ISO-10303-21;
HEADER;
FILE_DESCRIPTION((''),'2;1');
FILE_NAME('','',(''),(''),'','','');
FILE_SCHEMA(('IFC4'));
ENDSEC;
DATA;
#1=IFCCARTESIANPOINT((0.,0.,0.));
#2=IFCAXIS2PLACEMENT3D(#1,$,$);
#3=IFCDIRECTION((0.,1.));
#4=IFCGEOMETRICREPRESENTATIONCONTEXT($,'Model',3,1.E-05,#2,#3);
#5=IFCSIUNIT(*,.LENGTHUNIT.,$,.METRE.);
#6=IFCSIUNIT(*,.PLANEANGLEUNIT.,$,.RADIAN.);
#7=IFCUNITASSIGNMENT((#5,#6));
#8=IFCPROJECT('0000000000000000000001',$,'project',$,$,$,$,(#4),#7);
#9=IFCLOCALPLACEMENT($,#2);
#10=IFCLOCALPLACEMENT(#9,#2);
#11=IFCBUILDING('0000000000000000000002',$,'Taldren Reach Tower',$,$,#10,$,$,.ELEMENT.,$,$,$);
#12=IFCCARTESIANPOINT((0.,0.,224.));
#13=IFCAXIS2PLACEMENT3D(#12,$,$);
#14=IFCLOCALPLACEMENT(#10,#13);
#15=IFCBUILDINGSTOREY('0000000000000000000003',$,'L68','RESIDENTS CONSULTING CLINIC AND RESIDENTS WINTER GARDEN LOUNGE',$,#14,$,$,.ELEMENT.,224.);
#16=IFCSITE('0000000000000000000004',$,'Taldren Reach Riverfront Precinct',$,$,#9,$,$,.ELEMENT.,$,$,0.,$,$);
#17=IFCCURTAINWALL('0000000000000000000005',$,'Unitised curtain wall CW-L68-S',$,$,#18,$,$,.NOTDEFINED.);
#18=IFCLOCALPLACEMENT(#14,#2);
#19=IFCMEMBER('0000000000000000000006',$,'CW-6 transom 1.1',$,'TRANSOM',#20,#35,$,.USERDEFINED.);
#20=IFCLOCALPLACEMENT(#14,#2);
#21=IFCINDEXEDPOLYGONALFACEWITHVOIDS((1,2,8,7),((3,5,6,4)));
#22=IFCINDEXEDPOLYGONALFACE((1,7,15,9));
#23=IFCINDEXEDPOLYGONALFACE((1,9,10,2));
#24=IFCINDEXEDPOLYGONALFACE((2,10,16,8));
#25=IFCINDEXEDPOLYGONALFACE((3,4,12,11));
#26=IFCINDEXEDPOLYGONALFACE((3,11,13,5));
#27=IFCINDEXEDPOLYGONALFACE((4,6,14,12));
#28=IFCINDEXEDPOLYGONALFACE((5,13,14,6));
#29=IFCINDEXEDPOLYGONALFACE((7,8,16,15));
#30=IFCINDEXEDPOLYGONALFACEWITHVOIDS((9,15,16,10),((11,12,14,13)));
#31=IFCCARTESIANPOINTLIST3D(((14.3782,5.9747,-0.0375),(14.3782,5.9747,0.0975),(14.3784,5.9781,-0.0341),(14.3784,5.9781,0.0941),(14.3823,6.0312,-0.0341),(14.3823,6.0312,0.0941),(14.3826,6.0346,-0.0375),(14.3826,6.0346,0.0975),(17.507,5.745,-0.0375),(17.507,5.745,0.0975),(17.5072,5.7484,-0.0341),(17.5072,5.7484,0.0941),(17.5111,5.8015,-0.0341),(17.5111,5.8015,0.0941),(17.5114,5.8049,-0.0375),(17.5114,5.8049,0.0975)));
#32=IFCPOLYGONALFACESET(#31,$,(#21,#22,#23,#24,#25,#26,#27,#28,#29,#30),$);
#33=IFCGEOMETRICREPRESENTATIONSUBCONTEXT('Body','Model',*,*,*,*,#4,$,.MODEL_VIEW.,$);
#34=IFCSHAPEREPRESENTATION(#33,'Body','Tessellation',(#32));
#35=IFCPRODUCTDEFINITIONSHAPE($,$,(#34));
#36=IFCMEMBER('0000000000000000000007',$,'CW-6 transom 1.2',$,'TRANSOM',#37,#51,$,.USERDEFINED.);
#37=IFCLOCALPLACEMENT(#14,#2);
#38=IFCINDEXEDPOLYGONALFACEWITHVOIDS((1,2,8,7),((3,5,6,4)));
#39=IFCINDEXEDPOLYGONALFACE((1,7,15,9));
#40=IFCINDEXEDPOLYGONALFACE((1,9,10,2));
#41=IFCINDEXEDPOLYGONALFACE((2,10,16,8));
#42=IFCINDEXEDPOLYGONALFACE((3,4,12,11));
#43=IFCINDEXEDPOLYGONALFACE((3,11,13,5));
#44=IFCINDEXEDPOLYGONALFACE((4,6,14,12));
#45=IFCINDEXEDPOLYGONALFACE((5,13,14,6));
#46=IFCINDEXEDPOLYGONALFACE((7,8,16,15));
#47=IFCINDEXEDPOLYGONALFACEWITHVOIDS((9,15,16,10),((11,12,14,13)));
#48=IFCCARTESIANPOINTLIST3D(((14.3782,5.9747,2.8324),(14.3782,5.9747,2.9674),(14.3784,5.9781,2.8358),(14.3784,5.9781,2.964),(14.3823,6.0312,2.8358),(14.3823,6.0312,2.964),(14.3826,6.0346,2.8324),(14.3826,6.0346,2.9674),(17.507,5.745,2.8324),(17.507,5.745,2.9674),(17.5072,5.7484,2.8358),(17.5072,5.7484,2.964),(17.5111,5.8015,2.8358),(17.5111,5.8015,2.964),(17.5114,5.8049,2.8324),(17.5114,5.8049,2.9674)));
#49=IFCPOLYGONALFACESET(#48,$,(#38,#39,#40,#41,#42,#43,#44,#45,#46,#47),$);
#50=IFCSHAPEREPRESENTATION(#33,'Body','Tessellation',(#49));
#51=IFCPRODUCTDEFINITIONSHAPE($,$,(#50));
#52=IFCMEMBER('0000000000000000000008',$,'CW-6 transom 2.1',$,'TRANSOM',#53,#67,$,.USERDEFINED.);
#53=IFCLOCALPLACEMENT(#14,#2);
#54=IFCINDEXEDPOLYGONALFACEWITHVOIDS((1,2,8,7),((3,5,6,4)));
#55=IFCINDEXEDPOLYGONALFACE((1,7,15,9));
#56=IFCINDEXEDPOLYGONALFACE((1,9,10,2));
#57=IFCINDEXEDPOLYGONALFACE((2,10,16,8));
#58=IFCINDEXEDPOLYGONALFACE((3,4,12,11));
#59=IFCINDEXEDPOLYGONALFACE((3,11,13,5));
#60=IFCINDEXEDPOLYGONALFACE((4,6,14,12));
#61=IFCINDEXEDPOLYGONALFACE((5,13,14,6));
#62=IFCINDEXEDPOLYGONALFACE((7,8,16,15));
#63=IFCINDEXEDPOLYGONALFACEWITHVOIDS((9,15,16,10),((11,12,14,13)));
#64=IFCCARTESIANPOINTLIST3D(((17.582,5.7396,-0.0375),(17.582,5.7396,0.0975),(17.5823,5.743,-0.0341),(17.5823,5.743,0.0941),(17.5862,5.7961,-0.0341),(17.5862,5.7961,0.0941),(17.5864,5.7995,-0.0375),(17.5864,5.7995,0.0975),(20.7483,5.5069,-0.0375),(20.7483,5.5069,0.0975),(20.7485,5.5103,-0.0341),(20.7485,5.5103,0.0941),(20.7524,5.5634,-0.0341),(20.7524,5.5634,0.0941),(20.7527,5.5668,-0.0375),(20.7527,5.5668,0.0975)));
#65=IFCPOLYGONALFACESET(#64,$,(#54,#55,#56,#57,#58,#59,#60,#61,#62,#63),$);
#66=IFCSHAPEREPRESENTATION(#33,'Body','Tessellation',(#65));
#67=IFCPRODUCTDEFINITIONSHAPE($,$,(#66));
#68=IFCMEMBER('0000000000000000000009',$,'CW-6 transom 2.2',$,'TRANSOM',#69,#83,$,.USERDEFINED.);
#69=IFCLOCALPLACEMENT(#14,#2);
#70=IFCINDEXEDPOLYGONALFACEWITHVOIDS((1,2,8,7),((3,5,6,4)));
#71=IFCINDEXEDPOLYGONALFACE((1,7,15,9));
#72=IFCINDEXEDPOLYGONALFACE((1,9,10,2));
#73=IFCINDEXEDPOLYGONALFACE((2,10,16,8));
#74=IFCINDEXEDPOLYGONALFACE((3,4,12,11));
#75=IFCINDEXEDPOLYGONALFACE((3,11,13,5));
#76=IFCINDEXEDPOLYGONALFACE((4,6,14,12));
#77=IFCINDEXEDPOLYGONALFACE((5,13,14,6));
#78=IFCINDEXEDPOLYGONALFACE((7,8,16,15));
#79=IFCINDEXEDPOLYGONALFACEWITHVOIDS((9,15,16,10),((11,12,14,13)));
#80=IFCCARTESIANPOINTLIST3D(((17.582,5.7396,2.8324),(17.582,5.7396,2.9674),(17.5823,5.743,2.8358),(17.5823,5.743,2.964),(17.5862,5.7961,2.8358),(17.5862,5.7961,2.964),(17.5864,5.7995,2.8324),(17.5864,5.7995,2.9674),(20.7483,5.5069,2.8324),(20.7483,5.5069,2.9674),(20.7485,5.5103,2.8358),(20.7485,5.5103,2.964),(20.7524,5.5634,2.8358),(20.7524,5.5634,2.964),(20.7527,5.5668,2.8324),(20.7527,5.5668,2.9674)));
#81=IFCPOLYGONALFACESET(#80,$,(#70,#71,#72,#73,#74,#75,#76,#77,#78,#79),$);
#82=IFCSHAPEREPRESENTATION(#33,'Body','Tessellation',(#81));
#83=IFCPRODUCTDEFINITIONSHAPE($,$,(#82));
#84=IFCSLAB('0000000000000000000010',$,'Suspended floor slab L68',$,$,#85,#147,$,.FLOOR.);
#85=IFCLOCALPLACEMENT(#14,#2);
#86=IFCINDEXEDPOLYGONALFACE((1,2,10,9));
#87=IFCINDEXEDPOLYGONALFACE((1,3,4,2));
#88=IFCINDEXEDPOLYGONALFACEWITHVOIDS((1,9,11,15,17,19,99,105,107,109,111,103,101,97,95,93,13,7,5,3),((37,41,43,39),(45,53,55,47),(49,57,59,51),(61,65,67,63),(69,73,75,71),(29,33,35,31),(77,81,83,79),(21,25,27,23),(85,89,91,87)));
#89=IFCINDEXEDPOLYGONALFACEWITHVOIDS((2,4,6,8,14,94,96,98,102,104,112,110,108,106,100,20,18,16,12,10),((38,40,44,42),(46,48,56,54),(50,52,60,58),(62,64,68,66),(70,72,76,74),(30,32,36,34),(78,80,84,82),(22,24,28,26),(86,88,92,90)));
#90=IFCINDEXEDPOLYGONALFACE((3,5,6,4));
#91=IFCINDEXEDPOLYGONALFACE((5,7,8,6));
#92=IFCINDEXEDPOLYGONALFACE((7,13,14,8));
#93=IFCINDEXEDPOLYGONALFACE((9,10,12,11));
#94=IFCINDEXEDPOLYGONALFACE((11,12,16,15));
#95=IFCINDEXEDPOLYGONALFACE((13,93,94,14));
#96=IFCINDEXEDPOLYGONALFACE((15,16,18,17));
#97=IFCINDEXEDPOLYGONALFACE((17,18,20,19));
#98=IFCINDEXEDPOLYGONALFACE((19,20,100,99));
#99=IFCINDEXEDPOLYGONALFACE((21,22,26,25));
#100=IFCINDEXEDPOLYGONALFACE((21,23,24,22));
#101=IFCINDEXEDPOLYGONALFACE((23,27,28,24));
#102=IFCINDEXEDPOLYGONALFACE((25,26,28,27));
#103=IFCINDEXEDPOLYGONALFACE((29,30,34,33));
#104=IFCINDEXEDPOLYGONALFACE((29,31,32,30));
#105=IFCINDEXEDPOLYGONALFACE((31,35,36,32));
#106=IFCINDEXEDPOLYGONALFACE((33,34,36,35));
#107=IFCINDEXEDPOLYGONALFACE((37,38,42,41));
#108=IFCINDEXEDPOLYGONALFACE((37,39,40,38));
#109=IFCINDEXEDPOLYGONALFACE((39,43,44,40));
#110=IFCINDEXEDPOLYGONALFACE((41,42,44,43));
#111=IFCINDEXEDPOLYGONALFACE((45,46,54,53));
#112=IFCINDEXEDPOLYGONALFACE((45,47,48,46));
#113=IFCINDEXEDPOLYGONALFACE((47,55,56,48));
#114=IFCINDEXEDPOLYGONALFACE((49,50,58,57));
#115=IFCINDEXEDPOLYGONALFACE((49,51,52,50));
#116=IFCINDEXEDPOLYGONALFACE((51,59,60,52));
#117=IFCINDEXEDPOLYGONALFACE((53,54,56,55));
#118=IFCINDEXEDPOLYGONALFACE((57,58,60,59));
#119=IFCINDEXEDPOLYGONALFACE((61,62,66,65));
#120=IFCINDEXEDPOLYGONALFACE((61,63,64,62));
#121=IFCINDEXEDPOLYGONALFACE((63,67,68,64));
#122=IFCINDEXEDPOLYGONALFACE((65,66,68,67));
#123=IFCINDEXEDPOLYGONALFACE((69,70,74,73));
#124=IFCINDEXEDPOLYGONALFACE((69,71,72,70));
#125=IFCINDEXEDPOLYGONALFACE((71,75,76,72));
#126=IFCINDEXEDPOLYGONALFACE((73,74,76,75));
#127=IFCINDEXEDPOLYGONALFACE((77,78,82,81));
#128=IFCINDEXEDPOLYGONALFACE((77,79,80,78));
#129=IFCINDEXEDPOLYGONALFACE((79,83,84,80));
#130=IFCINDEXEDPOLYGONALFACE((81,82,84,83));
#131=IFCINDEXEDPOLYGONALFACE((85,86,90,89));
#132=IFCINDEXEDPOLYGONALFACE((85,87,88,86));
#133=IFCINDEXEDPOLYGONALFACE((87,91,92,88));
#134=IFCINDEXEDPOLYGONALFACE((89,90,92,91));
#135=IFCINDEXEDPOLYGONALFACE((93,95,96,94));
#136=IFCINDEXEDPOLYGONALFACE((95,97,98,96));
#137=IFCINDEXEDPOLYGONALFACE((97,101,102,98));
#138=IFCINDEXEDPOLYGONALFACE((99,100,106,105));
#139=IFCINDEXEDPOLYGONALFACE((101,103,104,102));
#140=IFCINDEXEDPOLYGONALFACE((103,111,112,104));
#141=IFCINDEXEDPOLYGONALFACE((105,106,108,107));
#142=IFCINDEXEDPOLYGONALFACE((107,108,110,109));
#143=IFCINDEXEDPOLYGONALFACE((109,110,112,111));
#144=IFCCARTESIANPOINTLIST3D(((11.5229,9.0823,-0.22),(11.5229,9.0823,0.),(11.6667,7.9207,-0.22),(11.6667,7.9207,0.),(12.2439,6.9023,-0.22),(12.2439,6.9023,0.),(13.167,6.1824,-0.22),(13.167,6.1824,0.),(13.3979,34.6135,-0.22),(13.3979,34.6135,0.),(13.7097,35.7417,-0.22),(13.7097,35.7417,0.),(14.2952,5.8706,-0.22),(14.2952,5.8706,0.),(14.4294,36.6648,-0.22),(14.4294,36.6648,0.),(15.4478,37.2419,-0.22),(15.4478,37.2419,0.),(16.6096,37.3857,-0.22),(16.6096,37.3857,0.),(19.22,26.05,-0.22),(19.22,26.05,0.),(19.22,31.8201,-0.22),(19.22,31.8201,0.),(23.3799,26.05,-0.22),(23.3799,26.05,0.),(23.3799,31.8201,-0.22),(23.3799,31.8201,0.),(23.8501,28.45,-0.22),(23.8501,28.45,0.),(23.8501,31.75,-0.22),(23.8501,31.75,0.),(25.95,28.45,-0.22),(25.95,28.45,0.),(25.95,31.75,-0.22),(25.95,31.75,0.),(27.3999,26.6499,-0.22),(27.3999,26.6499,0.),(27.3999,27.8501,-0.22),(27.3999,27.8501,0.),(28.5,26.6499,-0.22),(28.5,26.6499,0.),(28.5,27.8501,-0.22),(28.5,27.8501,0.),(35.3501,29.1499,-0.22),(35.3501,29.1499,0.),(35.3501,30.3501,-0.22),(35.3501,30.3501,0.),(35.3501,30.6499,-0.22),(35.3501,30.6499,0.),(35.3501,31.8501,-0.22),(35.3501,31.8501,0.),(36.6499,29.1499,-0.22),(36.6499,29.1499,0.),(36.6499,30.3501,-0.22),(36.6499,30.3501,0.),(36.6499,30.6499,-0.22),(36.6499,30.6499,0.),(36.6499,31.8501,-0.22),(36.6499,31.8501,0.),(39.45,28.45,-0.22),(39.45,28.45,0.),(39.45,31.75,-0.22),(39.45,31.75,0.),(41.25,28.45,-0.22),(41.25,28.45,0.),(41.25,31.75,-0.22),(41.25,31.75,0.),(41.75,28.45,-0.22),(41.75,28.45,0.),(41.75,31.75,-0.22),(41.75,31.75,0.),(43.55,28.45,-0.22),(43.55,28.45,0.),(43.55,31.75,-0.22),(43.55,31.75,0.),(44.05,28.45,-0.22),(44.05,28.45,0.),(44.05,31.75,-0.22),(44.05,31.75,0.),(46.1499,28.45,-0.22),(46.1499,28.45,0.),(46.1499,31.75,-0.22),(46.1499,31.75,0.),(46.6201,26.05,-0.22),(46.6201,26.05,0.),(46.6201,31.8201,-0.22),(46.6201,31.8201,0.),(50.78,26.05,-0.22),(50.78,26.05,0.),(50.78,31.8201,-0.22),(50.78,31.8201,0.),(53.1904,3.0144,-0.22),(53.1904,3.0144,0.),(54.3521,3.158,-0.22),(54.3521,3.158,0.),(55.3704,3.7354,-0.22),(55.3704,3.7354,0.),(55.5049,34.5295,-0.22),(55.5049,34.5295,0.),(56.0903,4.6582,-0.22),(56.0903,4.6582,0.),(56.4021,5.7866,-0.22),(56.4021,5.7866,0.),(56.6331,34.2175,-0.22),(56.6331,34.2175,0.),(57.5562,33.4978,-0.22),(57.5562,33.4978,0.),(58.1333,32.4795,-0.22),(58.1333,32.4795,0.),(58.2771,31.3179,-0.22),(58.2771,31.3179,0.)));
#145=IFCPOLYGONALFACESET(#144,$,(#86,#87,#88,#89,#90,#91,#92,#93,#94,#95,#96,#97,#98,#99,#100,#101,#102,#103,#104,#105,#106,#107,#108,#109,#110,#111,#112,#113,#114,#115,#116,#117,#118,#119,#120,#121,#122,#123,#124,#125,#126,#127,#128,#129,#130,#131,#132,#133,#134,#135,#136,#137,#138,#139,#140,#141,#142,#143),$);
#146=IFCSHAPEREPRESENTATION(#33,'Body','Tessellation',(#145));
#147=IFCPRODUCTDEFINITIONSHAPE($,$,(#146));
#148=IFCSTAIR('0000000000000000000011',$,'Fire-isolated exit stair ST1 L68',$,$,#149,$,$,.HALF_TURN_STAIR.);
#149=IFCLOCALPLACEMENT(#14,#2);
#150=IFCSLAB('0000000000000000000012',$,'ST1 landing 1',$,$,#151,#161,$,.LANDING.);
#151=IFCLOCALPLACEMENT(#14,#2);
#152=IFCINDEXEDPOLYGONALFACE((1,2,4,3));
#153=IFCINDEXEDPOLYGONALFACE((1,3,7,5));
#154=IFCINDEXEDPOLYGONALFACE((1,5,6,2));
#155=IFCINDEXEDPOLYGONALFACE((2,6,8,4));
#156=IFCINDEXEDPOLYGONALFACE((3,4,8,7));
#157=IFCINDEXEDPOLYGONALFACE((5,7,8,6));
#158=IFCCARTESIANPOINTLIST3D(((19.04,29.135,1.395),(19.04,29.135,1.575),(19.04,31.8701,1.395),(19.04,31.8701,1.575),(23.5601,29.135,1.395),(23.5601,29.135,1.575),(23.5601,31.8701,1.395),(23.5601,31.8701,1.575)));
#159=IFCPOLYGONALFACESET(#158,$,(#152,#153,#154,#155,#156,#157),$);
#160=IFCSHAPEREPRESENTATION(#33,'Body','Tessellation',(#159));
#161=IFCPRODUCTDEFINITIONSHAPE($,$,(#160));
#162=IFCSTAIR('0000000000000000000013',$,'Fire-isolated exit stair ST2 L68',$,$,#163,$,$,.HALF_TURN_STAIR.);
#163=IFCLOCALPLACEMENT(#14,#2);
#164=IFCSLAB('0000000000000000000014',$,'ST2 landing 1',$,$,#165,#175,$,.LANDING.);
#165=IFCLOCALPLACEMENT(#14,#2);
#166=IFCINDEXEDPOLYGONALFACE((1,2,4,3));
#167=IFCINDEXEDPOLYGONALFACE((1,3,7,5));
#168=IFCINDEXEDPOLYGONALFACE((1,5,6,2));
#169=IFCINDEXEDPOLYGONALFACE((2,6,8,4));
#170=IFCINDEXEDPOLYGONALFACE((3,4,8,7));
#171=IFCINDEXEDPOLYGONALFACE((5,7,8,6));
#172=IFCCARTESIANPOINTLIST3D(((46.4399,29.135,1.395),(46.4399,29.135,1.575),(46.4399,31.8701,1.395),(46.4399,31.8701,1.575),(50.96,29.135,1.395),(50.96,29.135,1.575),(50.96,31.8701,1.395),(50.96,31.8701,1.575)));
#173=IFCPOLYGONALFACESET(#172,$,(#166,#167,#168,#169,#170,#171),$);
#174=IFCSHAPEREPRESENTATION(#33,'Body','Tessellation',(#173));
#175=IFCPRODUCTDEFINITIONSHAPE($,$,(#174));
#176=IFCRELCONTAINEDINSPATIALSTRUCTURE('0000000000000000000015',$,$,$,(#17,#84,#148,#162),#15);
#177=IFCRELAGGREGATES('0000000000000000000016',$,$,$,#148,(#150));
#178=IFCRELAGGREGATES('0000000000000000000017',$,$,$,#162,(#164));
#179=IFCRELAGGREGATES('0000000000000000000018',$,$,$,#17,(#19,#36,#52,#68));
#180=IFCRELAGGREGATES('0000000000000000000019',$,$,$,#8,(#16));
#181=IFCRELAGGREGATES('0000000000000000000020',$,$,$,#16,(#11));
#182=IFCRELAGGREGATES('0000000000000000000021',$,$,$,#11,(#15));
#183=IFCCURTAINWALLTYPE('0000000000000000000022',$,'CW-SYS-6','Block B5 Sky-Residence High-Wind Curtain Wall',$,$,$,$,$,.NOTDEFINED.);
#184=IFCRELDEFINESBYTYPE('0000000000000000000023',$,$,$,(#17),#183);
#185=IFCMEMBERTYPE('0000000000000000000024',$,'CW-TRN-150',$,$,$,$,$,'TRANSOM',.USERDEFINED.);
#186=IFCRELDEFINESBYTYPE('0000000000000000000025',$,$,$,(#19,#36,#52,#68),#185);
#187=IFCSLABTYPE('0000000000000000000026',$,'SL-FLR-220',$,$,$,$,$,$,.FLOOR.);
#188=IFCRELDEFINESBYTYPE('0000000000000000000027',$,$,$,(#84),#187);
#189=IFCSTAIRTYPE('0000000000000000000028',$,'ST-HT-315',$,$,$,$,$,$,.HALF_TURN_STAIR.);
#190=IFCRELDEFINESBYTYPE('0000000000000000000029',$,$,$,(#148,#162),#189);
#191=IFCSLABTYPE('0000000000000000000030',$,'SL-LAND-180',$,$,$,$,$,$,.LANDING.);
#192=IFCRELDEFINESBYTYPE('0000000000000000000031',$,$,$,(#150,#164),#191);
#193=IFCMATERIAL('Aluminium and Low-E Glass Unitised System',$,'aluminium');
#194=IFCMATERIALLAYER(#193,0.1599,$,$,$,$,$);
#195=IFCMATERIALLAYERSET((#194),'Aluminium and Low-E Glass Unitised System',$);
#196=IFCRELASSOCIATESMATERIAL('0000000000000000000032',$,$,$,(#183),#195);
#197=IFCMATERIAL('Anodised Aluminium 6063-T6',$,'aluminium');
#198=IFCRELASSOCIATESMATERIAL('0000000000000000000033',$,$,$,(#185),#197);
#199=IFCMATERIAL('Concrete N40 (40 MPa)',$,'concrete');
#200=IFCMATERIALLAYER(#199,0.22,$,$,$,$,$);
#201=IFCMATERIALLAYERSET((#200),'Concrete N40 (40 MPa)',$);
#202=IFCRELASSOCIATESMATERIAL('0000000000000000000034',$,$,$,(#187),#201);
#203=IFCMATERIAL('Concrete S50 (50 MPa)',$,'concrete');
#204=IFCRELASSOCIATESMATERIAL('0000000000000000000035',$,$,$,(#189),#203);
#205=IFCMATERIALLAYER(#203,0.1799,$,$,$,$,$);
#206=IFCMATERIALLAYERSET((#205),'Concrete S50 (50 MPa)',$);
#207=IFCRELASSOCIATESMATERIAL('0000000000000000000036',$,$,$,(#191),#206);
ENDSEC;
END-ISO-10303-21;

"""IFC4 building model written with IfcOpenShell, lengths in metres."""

from ifc_helpers import new_model, si_unit, direction, frame, origin, origin_2d, place, context, subcontext, project, spatial, polyline, hollow_rectangle, outline, extrude, source, transform, mapped, material, layer, layer_set, material_profile, profile_set, type_object, element, aggregate, save


model = new_model("IFC4")

# Units and contexts
model_context = context("Model", 3, precision=1e-05, world=origin(), true_north=direction((0.0, 1.0)))
body_context = subcontext(model_context, "Body", "Model", "MODEL_VIEW")
ifc_project = project(units=[si_unit("LENGTHUNIT", "METRE"), si_unit("PLANEANGLEUNIT", "RADIAN")], contexts=[model_context])

# Site, building, storey
site_placement = place(None, origin())
site = spatial("IfcSite", under=ifc_project, at=site_placement, Name="Taldren Reach Riverfront Precinct", CompositionType="ELEMENT", RefElevation=0.0)
building_placement = place(site_placement, origin())
building = spatial("IfcBuilding", under=site, at=building_placement, Name="Taldren Reach Tower", CompositionType="ELEMENT")
storey_placement = place(building_placement, frame((0.0, 0.0, 224.0)))
storey = spatial("IfcBuildingStorey", under=building, at=storey_placement, Name="L68", Description="RESIDENTS CONSULTING CLINIC AND RESIDENTS WINTER GARDEN LOUNGE", CompositionType="ELEMENT", Elevation=224.0)

# Curtain wall
ifc_material_1 = material(Name="Aluminium and Low-E Glass Unitised System", Category="aluminium")
ifc_layer_1 = layer(ifc_material_1, 0.1599)
ifc_layer_set_1 = layer_set([ifc_layer_1], Name="Aluminium and Low-E Glass Unitised System")
curtain_wall_type = type_object("IfcCurtainWallType", Name="CW-SYS-6", Description="Block B5 Sky-Residence High-Wind Curtain Wall", PredefinedType="NOTDEFINED", material=ifc_layer_set_1)
curtain_wall_1_placement = place(storey_placement, origin())
curtain_wall_1 = element("IfcCurtainWall", 1, at=curtain_wall_1_placement, inside=storey, type_object=curtain_wall_type, Name="Unitised curtain wall CW-L68-S", PredefinedType="NOTDEFINED")
ifc_material_2 = material(Name="Anodised Aluminium 6063-T6", Category="aluminium")

# Members
ifc_material_profile_1 = material_profile(ifc_material_2, hollow_rectangle(XDim=0.0601, YDim=0.135, WallThickness=0.0034, at=origin_2d()), Name="ALU-135x60x3.5RHS")
ifc_profile_set_1 = profile_set([ifc_material_profile_1], Name="Anodised Aluminium 6063-T6")
member_type_1 = type_object("IfcMemberType", Name="CW-TRN-150", ElementType="TRANSOM", PredefinedType="USERDEFINED", material=ifc_profile_set_1)
shared_shape_1 = source(origin(), body_context, "Body", "SweptSolid", [
    extrude(hollow_rectangle(XDim=0.0601, YDim=0.135, WallThickness=0.0034, at=origin_2d()), origin(), (0.0, 0.0, 1.0), 3.1372),
])
member_1_placement = place(storey_placement, frame((14.3804, 6.0046, 0.03), z_axis=(0.997315, -0.073227, 0.0), x_axis=(0.073227, 0.997315, 0.0)))
member_1 = element("IfcMember", 2, at=member_1_placement, type_object=member_type_1, Name="CW-6 transom 1.1", ObjectType="TRANSOM", PredefinedType="USERDEFINED", context=body_context, shape_type="MappedRepresentation", body=[
    mapped(shared_shape_1, transform((0.0, 0.0, 0.0), scale=1.0)),
])
member_2_placement = place(storey_placement, frame((14.3804, 6.0046, 2.8999), z_axis=(0.997315, -0.073227, 0.0), x_axis=(0.073227, 0.997315, 0.0)))
member_2 = element("IfcMember", 3, at=member_2_placement, type_object=member_type_1, Name="CW-6 transom 1.2", ObjectType="TRANSOM", PredefinedType="USERDEFINED", context=body_context, shape_type="MappedRepresentation", body=[
    mapped(shared_shape_1, transform((0.0, 0.0, 0.0), scale=1.0)),
])
shared_shape_2 = source(origin(), body_context, "Body", "SweptSolid", [
    extrude(hollow_rectangle(XDim=0.0601, YDim=0.135, WallThickness=0.0034, at=origin_2d()), origin(), (0.0, 0.0, 1.0), 3.1748),
])
member_3_placement = place(storey_placement, frame((17.5842, 5.7695, 0.03), z_axis=(0.997311, -0.073285, 0.0), x_axis=(0.073285, 0.997311, 0.0)))
member_3 = element("IfcMember", 4, at=member_3_placement, type_object=member_type_1, Name="CW-6 transom 2.1", ObjectType="TRANSOM", PredefinedType="USERDEFINED", context=body_context, shape_type="MappedRepresentation", body=[
    mapped(shared_shape_2, transform((0.0, 0.0, 0.0), scale=1.0)),
])
member_4_placement = place(storey_placement, frame((17.5842, 5.7695, 2.8999), z_axis=(0.997311, -0.073285, 0.0), x_axis=(0.073285, 0.997311, 0.0)))
member_4 = element("IfcMember", 5, at=member_4_placement, type_object=member_type_1, Name="CW-6 transom 2.2", ObjectType="TRANSOM", PredefinedType="USERDEFINED", context=body_context, shape_type="MappedRepresentation", body=[
    mapped(shared_shape_2, transform((0.0, 0.0, 0.0), scale=1.0)),
])

# Slab
ifc_material_3 = material(Name="Concrete N40 (40 MPa)", Category="concrete")
ifc_layer_2 = layer(ifc_material_3, 0.22)
ifc_layer_set_2 = layer_set([ifc_layer_2], Name="Concrete N40 (40 MPa)")
slab_type_1 = type_object("IfcSlabType", Name="SL-FLR-220", PredefinedType="FLOOR", material=ifc_layer_set_2)
slab_1_placement = place(storey_placement, frame((0.0, 0.0, -0.22)))
element("IfcSlab", 6, at=slab_1_placement, inside=storey, type_object=slab_type_1, Name="Suspended floor slab L68", PredefinedType="FLOOR", context=body_context, shape_type="SweptSolid", body=[
    extrude(outline(polyline([(53.1904, 3.0144), (54.3521, 3.158), (55.3704, 3.7354), (56.0903, 4.6582), (56.4021, 5.7866), (58.2771, 31.3179), (58.1333, 32.4795), (57.5562, 33.4978), (56.6331, 34.2175), (55.5049, 34.5295), (16.6096, 37.3857), (15.4478, 37.2419), (14.4294, 36.6648), (13.7097, 35.7417), (13.3979, 34.6135), (11.5229, 9.0823), (11.6667, 7.9207), (12.2439, 6.9023), (13.167, 6.1824), (14.2952, 5.8706), (53.1904, 3.0144)]), holes=[polyline([(19.22, 26.05), (23.3799, 26.05), (23.3799, 31.8201), (19.22, 31.8201), (19.22, 26.05)]), polyline([(46.6201, 26.05), (50.78, 26.05), (50.78, 31.8201), (46.6201, 31.8201), (46.6201, 26.05)]), polyline([(23.8501, 28.45), (25.95, 28.45), (25.95, 31.75), (23.8501, 31.75), (23.8501, 28.45)]), polyline([(44.05, 28.45), (46.1499, 28.45), (46.1499, 31.75), (44.05, 31.75), (44.05, 28.45)]), polyline([(39.45, 28.45), (41.25, 28.45), (41.25, 31.75), (39.45, 31.75), (39.45, 28.45)]), polyline([(41.75, 28.45), (43.55, 28.45), (43.55, 31.75), (41.75, 31.75), (41.75, 28.45)]), polyline([(35.3501, 30.6499), (36.6499, 30.6499), (36.6499, 31.8501), (35.3501, 31.8501), (35.3501, 30.6499)]), polyline([(35.3501, 29.1499), (36.6499, 29.1499), (36.6499, 30.3501), (35.3501, 30.3501), (35.3501, 29.1499)]), polyline([(27.3999, 26.6499), (28.5, 26.6499), (28.5, 27.8501), (27.3999, 27.8501), (27.3999, 26.6499)])]), origin(), (0.0, 0.0, 1.0), 0.22),
])

# Stairs, slabs
ifc_material_4 = material(Name="Concrete S50 (50 MPa)", Category="concrete")
stair_type = type_object("IfcStairType", Name="ST-HT-315", PredefinedType="HALF_TURN_STAIR", material=ifc_material_4)
stair_1_placement = place(storey_placement, origin())
stair_1 = element("IfcStair", 7, at=stair_1_placement, inside=storey, type_object=stair_type, Name="Fire-isolated exit stair ST1 L68", PredefinedType="HALF_TURN_STAIR")
ifc_layer_3 = layer(ifc_material_4, 0.1799)
ifc_layer_set_3 = layer_set([ifc_layer_3], Name="Concrete S50 (50 MPa)")
slab_type_2 = type_object("IfcSlabType", Name="SL-LAND-180", PredefinedType="LANDING", material=ifc_layer_set_3)
slab_2_placement = place(storey_placement, frame((0.0, 0.0, 1.395)))
slab_2 = element("IfcSlab", 8, at=slab_2_placement, type_object=slab_type_2, Name="ST1 landing 1", PredefinedType="LANDING", context=body_context, shape_type="SweptSolid", body=[
    extrude(outline(polyline([(19.04, 29.135), (23.5601, 29.135), (23.5601, 31.8701), (19.04, 31.8701), (19.04, 29.135)])), origin(), (0.0, 0.0, 1.0), 0.1799),
])
aggregate(stair_1, [slab_2])
stair_2_placement = place(storey_placement, origin())
stair_2 = element("IfcStair", 9, at=stair_2_placement, inside=storey, type_object=stair_type, Name="Fire-isolated exit stair ST2 L68", PredefinedType="HALF_TURN_STAIR")
slab_3_placement = place(storey_placement, frame((0.0, 0.0, 1.395)))
slab_3 = element("IfcSlab", 10, at=slab_3_placement, type_object=slab_type_2, Name="ST2 landing 1", PredefinedType="LANDING", context=body_context, shape_type="SweptSolid", body=[
    extrude(outline(polyline([(46.4399, 29.135), (50.96, 29.135), (50.96, 31.8701), (46.4399, 31.8701), (46.4399, 29.135)])), origin(), (0.0, 0.0, 1.0), 0.1799),
])
aggregate(stair_2, [slab_3])

aggregate(curtain_wall_1, [member_1, member_2, member_3, member_4])

save(model, "model.ifc")
